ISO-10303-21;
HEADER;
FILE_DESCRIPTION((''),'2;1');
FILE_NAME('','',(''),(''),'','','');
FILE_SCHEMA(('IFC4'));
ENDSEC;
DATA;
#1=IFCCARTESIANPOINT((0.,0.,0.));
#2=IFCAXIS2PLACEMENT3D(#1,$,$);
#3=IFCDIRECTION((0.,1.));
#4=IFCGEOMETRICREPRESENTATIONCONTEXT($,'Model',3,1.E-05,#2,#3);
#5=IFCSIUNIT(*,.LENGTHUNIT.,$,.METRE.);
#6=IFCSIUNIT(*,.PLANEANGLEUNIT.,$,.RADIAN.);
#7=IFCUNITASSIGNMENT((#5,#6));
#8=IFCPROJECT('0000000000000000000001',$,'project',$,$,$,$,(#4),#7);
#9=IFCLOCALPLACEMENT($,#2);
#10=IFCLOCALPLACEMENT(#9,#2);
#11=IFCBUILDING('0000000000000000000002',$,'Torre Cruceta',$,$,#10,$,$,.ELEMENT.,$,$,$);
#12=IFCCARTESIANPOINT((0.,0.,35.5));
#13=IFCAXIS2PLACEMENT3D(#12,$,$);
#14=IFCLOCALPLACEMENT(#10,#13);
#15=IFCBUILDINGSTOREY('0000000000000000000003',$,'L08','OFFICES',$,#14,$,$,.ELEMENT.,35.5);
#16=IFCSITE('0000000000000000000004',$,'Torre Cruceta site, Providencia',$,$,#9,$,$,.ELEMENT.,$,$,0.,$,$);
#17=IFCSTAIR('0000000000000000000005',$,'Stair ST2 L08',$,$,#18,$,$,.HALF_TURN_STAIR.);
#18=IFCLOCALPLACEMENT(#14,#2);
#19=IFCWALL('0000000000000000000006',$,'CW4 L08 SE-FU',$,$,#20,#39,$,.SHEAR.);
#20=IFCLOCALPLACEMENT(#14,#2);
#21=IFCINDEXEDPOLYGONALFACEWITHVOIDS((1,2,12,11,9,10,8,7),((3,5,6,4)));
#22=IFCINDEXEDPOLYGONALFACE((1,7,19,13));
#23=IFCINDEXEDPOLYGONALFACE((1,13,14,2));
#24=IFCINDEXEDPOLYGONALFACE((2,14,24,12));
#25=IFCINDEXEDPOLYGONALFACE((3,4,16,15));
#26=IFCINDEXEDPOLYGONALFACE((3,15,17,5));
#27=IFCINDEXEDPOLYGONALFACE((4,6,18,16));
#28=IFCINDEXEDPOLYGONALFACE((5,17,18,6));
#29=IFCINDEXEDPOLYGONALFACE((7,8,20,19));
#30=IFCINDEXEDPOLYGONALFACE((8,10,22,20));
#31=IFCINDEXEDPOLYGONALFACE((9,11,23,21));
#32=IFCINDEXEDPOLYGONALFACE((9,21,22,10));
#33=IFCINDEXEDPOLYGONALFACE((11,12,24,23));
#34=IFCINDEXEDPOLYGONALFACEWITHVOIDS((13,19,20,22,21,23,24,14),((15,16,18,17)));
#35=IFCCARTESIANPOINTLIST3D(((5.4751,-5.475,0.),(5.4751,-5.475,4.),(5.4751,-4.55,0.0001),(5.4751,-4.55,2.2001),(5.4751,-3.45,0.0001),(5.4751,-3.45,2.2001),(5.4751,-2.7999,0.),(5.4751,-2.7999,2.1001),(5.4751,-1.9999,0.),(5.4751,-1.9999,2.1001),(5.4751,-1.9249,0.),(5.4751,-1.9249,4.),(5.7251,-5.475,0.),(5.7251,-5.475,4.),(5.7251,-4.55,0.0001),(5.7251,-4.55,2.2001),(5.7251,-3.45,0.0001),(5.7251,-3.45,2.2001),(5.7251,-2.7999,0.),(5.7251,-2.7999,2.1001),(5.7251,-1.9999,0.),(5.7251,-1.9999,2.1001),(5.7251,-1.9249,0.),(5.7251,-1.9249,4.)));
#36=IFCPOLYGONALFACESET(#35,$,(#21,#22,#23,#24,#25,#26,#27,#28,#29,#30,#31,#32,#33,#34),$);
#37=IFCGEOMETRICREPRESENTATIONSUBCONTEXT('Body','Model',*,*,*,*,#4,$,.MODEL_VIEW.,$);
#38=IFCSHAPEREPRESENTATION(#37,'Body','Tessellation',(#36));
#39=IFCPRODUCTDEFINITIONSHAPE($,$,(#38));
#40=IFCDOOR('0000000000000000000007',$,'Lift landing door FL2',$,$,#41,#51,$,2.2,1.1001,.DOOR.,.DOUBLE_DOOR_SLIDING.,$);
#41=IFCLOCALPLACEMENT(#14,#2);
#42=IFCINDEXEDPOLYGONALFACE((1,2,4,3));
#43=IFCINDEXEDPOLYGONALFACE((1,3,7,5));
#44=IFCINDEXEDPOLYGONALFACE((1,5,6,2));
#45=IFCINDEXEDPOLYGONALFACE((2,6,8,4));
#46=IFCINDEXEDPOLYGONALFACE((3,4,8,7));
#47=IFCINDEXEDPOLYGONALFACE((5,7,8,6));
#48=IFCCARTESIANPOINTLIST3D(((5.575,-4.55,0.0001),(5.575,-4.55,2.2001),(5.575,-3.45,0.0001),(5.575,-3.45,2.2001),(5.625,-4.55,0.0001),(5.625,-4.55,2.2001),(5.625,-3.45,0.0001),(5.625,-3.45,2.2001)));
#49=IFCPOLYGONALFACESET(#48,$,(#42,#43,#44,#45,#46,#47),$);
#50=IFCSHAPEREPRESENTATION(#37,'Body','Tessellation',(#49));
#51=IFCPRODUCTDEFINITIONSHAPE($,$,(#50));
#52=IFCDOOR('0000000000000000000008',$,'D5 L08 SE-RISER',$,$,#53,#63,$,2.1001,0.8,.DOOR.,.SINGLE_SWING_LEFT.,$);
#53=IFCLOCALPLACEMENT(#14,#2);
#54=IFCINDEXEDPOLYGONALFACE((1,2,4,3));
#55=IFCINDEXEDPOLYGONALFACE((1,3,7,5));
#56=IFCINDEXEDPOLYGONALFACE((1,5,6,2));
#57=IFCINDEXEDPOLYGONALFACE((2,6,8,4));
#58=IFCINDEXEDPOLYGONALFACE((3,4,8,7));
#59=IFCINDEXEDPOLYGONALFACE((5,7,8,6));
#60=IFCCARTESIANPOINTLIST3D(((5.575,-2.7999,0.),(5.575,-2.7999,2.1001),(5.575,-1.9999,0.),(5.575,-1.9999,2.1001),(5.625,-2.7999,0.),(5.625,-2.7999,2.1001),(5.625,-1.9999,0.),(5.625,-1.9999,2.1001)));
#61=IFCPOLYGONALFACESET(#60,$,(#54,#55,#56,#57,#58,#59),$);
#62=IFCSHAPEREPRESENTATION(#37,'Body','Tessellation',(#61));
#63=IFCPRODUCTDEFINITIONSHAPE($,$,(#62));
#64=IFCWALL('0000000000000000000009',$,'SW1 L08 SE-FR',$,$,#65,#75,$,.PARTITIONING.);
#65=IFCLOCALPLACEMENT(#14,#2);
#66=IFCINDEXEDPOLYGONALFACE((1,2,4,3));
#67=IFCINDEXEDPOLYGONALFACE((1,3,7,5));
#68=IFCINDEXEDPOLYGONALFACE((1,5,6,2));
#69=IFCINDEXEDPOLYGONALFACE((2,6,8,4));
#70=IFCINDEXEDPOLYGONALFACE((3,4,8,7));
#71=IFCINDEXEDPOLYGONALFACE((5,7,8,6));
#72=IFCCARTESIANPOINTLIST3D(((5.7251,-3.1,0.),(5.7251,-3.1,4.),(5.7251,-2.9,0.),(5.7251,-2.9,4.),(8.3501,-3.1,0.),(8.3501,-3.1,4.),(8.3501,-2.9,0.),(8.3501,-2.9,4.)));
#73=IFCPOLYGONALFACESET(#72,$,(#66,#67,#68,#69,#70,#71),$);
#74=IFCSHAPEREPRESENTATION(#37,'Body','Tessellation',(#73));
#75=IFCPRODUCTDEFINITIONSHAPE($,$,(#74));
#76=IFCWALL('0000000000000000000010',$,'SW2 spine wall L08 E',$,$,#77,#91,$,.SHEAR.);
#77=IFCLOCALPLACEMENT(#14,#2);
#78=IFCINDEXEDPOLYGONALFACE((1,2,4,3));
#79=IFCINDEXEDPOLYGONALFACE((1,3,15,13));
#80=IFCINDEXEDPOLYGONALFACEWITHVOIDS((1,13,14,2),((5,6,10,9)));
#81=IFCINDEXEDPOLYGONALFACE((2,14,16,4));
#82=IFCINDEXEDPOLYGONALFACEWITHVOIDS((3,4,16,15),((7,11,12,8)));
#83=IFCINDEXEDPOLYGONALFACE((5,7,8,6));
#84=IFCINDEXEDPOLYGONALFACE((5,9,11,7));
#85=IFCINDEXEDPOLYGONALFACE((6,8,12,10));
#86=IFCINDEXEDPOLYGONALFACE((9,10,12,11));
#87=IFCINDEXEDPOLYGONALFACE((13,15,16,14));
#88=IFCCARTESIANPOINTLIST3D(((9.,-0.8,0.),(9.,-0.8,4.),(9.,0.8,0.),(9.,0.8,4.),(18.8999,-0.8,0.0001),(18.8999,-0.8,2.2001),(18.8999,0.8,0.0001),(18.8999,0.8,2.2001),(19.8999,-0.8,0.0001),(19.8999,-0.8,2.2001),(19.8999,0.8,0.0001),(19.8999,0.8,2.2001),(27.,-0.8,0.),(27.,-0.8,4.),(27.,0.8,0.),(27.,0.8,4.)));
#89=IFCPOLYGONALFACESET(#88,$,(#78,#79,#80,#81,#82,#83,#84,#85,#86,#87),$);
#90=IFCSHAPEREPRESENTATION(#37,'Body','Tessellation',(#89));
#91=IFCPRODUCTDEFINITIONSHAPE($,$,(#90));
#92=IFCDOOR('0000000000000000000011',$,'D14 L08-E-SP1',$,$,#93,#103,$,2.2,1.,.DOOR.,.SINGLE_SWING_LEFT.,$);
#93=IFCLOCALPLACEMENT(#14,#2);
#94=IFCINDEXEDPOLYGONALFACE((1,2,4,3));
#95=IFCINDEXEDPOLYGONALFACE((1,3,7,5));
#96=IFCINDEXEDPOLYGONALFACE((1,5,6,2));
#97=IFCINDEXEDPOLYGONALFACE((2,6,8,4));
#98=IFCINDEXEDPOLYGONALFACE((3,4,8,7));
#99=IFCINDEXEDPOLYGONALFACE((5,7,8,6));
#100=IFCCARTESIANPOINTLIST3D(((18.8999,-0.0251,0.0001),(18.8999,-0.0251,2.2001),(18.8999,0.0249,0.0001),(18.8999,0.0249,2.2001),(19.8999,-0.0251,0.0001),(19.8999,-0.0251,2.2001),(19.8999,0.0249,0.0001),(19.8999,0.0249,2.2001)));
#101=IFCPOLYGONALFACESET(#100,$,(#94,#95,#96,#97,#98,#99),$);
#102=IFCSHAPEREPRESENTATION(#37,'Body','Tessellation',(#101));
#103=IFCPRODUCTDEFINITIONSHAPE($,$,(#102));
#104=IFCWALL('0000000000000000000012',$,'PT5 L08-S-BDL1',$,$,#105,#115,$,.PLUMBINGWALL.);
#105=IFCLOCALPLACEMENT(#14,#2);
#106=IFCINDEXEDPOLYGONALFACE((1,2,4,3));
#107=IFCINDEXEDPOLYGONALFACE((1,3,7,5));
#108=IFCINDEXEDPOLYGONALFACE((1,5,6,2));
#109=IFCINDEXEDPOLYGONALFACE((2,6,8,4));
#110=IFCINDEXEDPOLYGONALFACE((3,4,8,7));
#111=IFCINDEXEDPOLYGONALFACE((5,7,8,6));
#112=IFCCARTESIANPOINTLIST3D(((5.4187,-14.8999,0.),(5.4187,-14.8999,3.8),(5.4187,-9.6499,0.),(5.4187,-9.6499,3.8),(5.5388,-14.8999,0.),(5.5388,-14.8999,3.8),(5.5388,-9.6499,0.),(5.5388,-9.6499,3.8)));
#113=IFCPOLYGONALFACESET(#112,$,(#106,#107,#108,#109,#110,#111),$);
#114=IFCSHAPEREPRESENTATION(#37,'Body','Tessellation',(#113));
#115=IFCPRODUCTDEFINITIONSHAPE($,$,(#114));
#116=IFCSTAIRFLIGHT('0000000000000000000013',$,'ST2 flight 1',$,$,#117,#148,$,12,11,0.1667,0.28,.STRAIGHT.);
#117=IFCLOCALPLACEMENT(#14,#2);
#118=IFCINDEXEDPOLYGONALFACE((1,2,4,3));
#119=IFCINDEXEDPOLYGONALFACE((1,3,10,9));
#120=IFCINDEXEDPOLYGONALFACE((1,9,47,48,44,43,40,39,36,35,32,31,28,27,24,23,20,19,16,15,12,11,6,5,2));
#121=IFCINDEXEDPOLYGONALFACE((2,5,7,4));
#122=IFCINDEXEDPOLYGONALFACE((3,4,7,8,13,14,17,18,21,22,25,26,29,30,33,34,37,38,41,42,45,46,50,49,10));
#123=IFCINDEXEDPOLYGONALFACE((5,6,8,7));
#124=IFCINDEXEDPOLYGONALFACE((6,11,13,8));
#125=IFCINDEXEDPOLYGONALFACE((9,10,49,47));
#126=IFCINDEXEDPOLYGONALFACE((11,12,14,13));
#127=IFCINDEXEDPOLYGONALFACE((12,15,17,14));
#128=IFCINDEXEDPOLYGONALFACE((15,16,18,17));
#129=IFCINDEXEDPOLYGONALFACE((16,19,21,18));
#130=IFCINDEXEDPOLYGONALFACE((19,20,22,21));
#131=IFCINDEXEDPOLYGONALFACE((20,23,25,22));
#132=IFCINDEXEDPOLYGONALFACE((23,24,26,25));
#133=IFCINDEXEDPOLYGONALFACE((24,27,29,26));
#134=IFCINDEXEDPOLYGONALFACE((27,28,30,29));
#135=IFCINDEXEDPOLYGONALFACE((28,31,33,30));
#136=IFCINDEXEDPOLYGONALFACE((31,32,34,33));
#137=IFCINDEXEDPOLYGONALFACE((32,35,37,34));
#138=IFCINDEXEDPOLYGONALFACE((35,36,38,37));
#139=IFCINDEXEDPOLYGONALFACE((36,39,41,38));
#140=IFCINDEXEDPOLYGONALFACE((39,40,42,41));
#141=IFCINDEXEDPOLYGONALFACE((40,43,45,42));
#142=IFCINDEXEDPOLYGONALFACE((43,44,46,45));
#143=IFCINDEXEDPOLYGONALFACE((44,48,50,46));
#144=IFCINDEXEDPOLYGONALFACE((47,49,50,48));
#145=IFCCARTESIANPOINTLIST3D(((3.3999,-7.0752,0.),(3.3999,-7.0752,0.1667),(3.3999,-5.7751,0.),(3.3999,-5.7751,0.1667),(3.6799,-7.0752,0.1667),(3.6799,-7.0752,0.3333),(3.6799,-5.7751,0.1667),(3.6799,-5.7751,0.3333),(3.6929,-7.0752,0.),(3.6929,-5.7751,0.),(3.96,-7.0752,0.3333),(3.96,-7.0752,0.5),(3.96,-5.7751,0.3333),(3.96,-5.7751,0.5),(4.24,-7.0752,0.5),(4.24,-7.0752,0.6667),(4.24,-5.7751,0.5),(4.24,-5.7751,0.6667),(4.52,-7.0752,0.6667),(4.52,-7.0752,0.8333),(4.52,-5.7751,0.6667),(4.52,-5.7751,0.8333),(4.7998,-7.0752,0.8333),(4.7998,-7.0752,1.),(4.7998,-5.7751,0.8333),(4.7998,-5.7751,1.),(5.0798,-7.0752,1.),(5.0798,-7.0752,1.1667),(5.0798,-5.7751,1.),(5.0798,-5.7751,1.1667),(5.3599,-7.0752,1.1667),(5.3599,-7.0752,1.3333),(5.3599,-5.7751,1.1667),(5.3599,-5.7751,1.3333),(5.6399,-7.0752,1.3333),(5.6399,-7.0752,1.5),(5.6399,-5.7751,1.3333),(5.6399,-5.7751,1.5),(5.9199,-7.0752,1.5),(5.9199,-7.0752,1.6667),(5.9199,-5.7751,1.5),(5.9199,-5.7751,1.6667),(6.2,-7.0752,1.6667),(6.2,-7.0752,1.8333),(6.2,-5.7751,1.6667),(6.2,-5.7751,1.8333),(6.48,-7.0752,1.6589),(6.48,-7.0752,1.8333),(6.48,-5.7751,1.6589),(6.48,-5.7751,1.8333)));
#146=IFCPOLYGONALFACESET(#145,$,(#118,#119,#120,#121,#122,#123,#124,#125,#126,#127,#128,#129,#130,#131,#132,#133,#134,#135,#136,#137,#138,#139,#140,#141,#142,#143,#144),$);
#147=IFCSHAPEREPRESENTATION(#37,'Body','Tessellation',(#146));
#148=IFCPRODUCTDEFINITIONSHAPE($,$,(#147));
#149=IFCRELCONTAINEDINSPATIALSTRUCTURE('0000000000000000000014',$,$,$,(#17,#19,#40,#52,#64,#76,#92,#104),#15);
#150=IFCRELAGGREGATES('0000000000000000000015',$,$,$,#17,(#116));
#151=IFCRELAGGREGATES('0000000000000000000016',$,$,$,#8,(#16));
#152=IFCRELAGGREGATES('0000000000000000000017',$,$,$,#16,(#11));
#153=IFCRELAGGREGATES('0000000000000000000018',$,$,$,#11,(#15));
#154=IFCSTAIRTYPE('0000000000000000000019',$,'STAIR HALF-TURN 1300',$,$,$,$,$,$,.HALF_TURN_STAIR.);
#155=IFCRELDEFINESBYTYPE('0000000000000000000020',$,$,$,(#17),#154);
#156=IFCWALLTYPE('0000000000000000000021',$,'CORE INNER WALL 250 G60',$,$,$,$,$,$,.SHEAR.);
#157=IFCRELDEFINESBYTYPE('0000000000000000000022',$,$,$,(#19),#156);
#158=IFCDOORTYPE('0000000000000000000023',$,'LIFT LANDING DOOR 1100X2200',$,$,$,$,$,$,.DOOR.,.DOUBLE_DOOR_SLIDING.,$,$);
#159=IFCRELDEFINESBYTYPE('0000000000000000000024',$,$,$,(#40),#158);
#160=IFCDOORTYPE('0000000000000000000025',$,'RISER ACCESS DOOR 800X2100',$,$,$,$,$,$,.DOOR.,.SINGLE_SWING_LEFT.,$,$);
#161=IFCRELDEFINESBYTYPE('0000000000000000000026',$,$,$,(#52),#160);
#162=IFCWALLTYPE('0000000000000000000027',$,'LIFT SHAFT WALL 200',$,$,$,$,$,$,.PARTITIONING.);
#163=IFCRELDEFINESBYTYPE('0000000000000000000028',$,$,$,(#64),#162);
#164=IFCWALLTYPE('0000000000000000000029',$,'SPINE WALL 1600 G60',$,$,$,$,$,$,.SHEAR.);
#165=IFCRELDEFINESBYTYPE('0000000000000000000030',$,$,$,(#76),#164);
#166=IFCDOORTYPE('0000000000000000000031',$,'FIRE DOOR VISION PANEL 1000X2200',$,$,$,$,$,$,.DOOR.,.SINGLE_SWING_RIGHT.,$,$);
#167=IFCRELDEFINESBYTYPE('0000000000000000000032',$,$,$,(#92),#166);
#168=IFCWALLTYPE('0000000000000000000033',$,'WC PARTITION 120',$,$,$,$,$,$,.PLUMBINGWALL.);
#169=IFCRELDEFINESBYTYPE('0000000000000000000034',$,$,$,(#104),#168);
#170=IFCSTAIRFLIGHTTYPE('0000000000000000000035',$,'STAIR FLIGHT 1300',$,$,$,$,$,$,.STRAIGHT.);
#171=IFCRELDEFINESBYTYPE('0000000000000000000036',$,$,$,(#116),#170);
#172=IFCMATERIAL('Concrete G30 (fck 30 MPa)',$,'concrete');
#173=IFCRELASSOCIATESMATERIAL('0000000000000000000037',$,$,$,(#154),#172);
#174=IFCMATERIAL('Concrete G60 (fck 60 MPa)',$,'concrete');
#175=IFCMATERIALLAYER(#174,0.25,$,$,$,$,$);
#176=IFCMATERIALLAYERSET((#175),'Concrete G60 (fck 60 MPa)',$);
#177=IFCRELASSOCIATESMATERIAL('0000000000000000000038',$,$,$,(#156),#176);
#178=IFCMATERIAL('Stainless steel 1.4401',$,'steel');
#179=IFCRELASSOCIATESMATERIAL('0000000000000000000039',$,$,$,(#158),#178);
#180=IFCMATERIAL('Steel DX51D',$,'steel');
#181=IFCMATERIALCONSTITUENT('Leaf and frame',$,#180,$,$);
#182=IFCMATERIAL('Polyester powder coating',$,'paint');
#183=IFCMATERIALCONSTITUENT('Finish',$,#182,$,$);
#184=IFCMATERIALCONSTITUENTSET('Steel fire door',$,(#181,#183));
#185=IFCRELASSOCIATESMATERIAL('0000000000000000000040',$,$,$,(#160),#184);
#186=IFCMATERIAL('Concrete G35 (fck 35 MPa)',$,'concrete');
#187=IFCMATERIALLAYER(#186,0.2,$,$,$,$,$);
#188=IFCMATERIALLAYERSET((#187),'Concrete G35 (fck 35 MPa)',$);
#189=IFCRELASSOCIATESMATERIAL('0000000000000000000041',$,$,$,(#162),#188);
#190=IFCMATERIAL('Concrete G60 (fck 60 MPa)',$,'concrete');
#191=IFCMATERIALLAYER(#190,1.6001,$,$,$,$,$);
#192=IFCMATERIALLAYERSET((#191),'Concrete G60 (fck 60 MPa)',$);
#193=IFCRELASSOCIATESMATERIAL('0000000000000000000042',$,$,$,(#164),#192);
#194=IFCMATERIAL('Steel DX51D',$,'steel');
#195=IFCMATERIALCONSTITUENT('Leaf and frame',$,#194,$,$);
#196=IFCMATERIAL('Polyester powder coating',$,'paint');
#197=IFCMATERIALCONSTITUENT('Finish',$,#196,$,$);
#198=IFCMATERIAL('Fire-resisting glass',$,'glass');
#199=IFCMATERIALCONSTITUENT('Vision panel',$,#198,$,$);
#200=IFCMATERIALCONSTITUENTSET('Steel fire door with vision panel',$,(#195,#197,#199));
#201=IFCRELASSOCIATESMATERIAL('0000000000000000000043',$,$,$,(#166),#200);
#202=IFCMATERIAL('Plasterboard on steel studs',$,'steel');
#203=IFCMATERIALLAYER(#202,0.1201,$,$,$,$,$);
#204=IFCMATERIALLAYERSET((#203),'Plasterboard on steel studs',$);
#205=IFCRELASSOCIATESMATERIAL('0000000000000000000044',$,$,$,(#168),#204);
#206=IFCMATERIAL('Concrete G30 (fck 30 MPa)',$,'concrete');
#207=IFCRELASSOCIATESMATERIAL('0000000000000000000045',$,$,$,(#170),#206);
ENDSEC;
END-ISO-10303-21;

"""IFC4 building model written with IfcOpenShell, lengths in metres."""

from ifc_helpers import new_model, si_unit, direction, frame, frame_2d, origin, place, context, subcontext, project, spatial, polyline, rectangle, outline, extrude, material, layer, layer_set, constituent, constituent_set, type_object, element, fill, aggregate, save


model = new_model("IFC4")

# Units and contexts
model_context = context("Model", 3, precision=1e-05, world=origin(), true_north=direction((0.0, 1.0)))
body_context = subcontext(model_context, "Body", "Model", "MODEL_VIEW")
ifc_project = project(units=[si_unit("LENGTHUNIT", "METRE"), si_unit("PLANEANGLEUNIT", "RADIAN")], contexts=[model_context])

# Site, building, storey
site_placement = place(None, origin())
site = spatial("IfcSite", under=ifc_project, at=site_placement, Name="Torre Cruceta site, Providencia", CompositionType="ELEMENT", RefElevation=0.0)
building_placement = place(site_placement, origin())
building = spatial("IfcBuilding", under=site, at=building_placement, Name="Torre Cruceta", CompositionType="ELEMENT")
storey_placement = place(building_placement, frame((0.0, 0.0, 35.5)))
storey = spatial("IfcBuildingStorey", under=building, at=storey_placement, Name="L08", Description="OFFICES", CompositionType="ELEMENT", Elevation=35.5)

# Stair
ifc_material_1 = material(Name="Concrete G30 (fck 30 MPa)", Category="concrete")
stair_type = type_object("IfcStairType", Name="STAIR HALF-TURN 1300", PredefinedType="HALF_TURN_STAIR", material=ifc_material_1)
stair_1_placement = place(storey_placement, origin())
stair_1 = element("IfcStair", 1, at=stair_1_placement, inside=storey, type_object=stair_type, Name="Stair ST2 L08", PredefinedType="HALF_TURN_STAIR")

# Shared definitions
ifc_material_2 = material(Name="Concrete G60 (fck 60 MPa)", Category="concrete")
ifc_layer_1 = layer(ifc_material_2, 0.25)
ifc_layer_set_1 = layer_set([ifc_layer_1], Name="Concrete G60 (fck 60 MPa)")
wall_type_1 = type_object("IfcWallType", Name="CORE INNER WALL 250 G60", PredefinedType="SHEAR", material=ifc_layer_set_1)

# Wall, openings, doors
wall_1_placement = place(storey_placement, frame((5.6001, -1.925, 0.0), z_axis=(0.0, 0.0, 1.0), x_axis=(0.0, -1.0, 0.0)))
wall_1 = element("IfcWall", 2, at=wall_1_placement, inside=storey, type_object=wall_type_1, Name="CW4 L08 SE-FU", PredefinedType="SHEAR", context=body_context, shape_type="SweptSolid", body=[
    extrude(rectangle(XDim=3.55, YDim=0.25, at=frame_2d((1.7749, 0.0))), origin(), (0.0, 0.0, 1.0), 4.0),
])
opening_1_placement = place(wall_1_placement, frame((1.5249, 0.0, 0.0)))
opening_1 = element("IfcOpeningElement", 3, at=opening_1_placement, cuts=wall_1, PredefinedType="OPENING", context=body_context, shape_type="SweptSolid", body=[
    extrude(rectangle(XDim=1.1001, YDim=2.2, at=frame_2d((0.55, 1.1001))), frame((0.0, 0.135, 0.0), z_axis=(0.0, -1.0, 0.0), x_axis=(1.0, 0.0, 0.0)), (0.0, 0.0, 1.0), 0.27),
])
opening_2_placement = place(wall_1_placement, frame((0.075, 0.0, 0.0)))
opening_2 = element("IfcOpeningElement", 4, at=opening_2_placement, cuts=wall_1, PredefinedType="OPENING", context=body_context, shape_type="SweptSolid", body=[
    extrude(rectangle(XDim=0.8, YDim=2.1001, at=frame_2d((0.3999, 1.05))), frame((0.0, 0.135, 0.0), z_axis=(0.0, -1.0, 0.0), x_axis=(1.0, 0.0, 0.0)), (0.0, 0.0, 1.0), 0.27),
])
ifc_material_3 = material(Name="Stainless steel 1.4401", Category="steel")
door_type_1 = type_object("IfcDoorType", Name="LIFT LANDING DOOR 1100X2200", OperationType="DOUBLE_DOOR_SLIDING", PredefinedType="DOOR", material=ifc_material_3)
door_1_placement = place(opening_1_placement, origin())
door_1 = element("IfcDoor", 5, at=door_1_placement, inside=storey, type_object=door_type_1, Name="Lift landing door FL2", OperationType="DOUBLE_DOOR_SLIDING", OverallHeight=2.2, OverallWidth=1.1001, PredefinedType="DOOR", context=body_context, shape_type="SweptSolid", body=[
    extrude(rectangle(XDim=1.1001, YDim=2.2, at=frame_2d((0.55, 1.1001))), frame((0.0, 0.0249, 0.0), z_axis=(0.0, -1.0, 0.0), x_axis=(1.0, 0.0, 0.0)), (0.0, 0.0, 1.0), 0.05),
])
fill(opening_1, door_1)
ifc_material_4 = material(Name="Steel DX51D", Category="steel")
ifc_constituent_1 = constituent(ifc_material_4, Name="Leaf and frame")
ifc_material_5 = material(Name="Polyester powder coating", Category="paint")
ifc_constituent_2 = constituent(ifc_material_5, Name="Finish")
ifc_constituent_set_1 = constituent_set(constituents=[ifc_constituent_1, ifc_constituent_2], Name="Steel fire door")
door_type_2 = type_object("IfcDoorType", Name="RISER ACCESS DOOR 800X2100", OperationType="SINGLE_SWING_LEFT", PredefinedType="DOOR", material=ifc_constituent_set_1)
door_2_placement = place(opening_2_placement, origin())
door_2 = element("IfcDoor", 6, at=door_2_placement, inside=storey, type_object=door_type_2, Name="D5 L08 SE-RISER", OperationType="SINGLE_SWING_LEFT", OverallHeight=2.1001, OverallWidth=0.8, PredefinedType="DOOR", context=body_context, shape_type="SweptSolid", body=[
    extrude(rectangle(XDim=0.8, YDim=2.1001, at=frame_2d((0.3999, 1.05))), frame((0.0, 0.0249, 0.0), z_axis=(0.0, -1.0, 0.0), x_axis=(1.0, 0.0, 0.0)), (0.0, 0.0, 1.0), 0.05),
])
fill(opening_2, door_2)

# Wall
ifc_material_6 = material(Name="Concrete G35 (fck 35 MPa)", Category="concrete")
ifc_layer_2 = layer(ifc_material_6, 0.2)
ifc_layer_set_2 = layer_set([ifc_layer_2], Name="Concrete G35 (fck 35 MPa)")
wall_type_2 = type_object("IfcWallType", Name="LIFT SHAFT WALL 200", PredefinedType="PARTITIONING", material=ifc_layer_set_2)
wall_2_placement = place(storey_placement, frame((5.7251, -3.0, 0.0), z_axis=(0.0, 0.0, 1.0), x_axis=(1.0, 0.0, 0.0)))
element("IfcWall", 7, at=wall_2_placement, inside=storey, type_object=wall_type_2, Name="SW1 L08 SE-FR", PredefinedType="PARTITIONING", context=body_context, shape_type="SweptSolid", body=[
    extrude(rectangle(XDim=2.625, YDim=0.2, at=frame_2d((1.3125, 0.0))), origin(), (0.0, 0.0, 1.0), 4.0),
])

# Wall, opening, door
ifc_material_7 = material(Name="Concrete G60 (fck 60 MPa)", Category="concrete")
ifc_layer_3 = layer(ifc_material_7, 1.6001)
ifc_layer_set_3 = layer_set([ifc_layer_3], Name="Concrete G60 (fck 60 MPa)")
wall_type_3 = type_object("IfcWallType", Name="SPINE WALL 1600 G60", PredefinedType="SHEAR", material=ifc_layer_set_3)
wall_3_placement = place(storey_placement, frame((9.0, 0.0, 0.0), z_axis=(0.0, 0.0, 1.0), x_axis=(1.0, 0.0, 0.0)))
wall_3 = element("IfcWall", 8, at=wall_3_placement, inside=storey, type_object=wall_type_3, Name="SW2 spine wall L08 E", PredefinedType="SHEAR", context=body_context, shape_type="SweptSolid", body=[
    extrude(rectangle(XDim=18.0, YDim=1.6001, at=frame_2d((9.0, 0.0))), origin(), (0.0, 0.0, 1.0), 4.0),
])
opening_3_placement = place(wall_3_placement, frame((9.8999, 0.0, 0.0)))
opening_3 = element("IfcOpeningElement", 9, at=opening_3_placement, cuts=wall_3, PredefinedType="OPENING", context=body_context, shape_type="SweptSolid", body=[
    extrude(rectangle(XDim=1.0, YDim=2.2, at=frame_2d((0.5, 1.1001))), frame((0.0, 0.8101, 0.0), z_axis=(0.0, -1.0, 0.0), x_axis=(1.0, 0.0, 0.0)), (0.0, 0.0, 1.0), 1.6201),
])
ifc_material_8 = material(Name="Steel DX51D", Category="steel")
ifc_constituent_3 = constituent(ifc_material_8, Name="Leaf and frame")
ifc_material_9 = material(Name="Polyester powder coating", Category="paint")
ifc_constituent_4 = constituent(ifc_material_9, Name="Finish")
ifc_material_10 = material(Name="Fire-resisting glass", Category="glass")
ifc_constituent_5 = constituent(ifc_material_10, Name="Vision panel")
ifc_constituent_set_2 = constituent_set(constituents=[ifc_constituent_3, ifc_constituent_4, ifc_constituent_5], Name="Steel fire door with vision panel")
door_type_3 = type_object("IfcDoorType", Name="FIRE DOOR VISION PANEL 1000X2200", OperationType="SINGLE_SWING_RIGHT", PredefinedType="DOOR", material=ifc_constituent_set_2)
door_3_placement = place(opening_3_placement, frame((1.0, 0.0, 0.0), z_axis=(0.0, 0.0, 1.0), x_axis=(-1.0, 0.0, 0.0)))
door_3 = element("IfcDoor", 10, at=door_3_placement, inside=storey, type_object=door_type_3, Name="D14 L08-E-SP1", OperationType="SINGLE_SWING_LEFT", OverallHeight=2.2, OverallWidth=1.0, PredefinedType="DOOR", context=body_context, shape_type="SweptSolid", body=[
    extrude(rectangle(XDim=1.0, YDim=2.2, at=frame_2d((0.5, 1.1001))), frame((0.0, 0.0251, 0.0), z_axis=(0.0, -1.0, 0.0), x_axis=(1.0, 0.0, 0.0)), (0.0, 0.0, 1.0), 0.05),
])
fill(opening_3, door_3)

# Wall
ifc_material_11 = material(Name="Plasterboard on steel studs", Category="steel")
ifc_layer_4 = layer(ifc_material_11, 0.1201)
ifc_layer_set_4 = layer_set([ifc_layer_4], Name="Plasterboard on steel studs")
wall_type_4 = type_object("IfcWallType", Name="WC PARTITION 120", PredefinedType="PLUMBINGWALL", material=ifc_layer_set_4)
wall_4_placement = place(storey_placement, frame((5.4788, -9.6499, 0.0), z_axis=(0.0, 0.0, 1.0), x_axis=(0.0, -1.0, 0.0)))
element("IfcWall", 11, at=wall_4_placement, inside=storey, type_object=wall_type_4, Name="PT5 L08-S-BDL1", PredefinedType="PLUMBINGWALL", context=body_context, shape_type="SweptSolid", body=[
    extrude(rectangle(XDim=5.25, YDim=0.1201, at=frame_2d((2.625, 0.0))), origin(), (0.0, 0.0, 1.0), 3.8),
])

# Stair flight
ifc_material_12 = material(Name="Concrete G30 (fck 30 MPa)", Category="concrete")
stair_flight_type = type_object("IfcStairFlightType", Name="STAIR FLIGHT 1300", PredefinedType="STRAIGHT", material=ifc_material_12)
stair_flight_1_placement = place(storey_placement, frame((3.3999, -6.425, 0.0), z_axis=(0.0, 0.0, 1.0), x_axis=(1.0, 0.0, 0.0)))
stair_flight_1 = element("IfcStairFlight", 12, at=stair_flight_1_placement, type_object=stair_flight_type, Name="ST2 flight 1", NumberOfRisers=12, NumberOfTreads=11, PredefinedType="STRAIGHT", RiserHeight=0.1667, TreadLength=0.28, context=body_context, shape_type="SweptSolid", body=[
    extrude(outline(polyline([(0.0, 0.0), (0.0, 0.1667), (0.28, 0.1667), (0.28, 0.3333), (0.5601, 0.3333), (0.5601, 0.5), (0.8401, 0.5), (0.8401, 0.6667), (1.1201, 0.6667), (1.1201, 0.8333), (1.3999, 0.8333), (1.3999, 1.0), (1.6799, 1.0), (1.6799, 1.1667), (1.96, 1.1667), (1.96, 1.3333), (2.24, 1.3333), (2.24, 1.5), (2.52, 1.5), (2.52, 1.6667), (2.8, 1.6667), (2.8, 1.8333), (3.0801, 1.8333), (3.0801, 2.0), (3.0801, 1.6589), (0.293, 0.0), (0.0, 0.0)])), frame((0.0, 0.6499, 0.0), z_axis=(0.0, -1.0, 0.0), x_axis=(1.0, 0.0, 0.0)), (0.0, 0.0, 1.0), 1.3),
])
aggregate(stair_1, [stair_flight_1])

save(model, "model.ifc")
